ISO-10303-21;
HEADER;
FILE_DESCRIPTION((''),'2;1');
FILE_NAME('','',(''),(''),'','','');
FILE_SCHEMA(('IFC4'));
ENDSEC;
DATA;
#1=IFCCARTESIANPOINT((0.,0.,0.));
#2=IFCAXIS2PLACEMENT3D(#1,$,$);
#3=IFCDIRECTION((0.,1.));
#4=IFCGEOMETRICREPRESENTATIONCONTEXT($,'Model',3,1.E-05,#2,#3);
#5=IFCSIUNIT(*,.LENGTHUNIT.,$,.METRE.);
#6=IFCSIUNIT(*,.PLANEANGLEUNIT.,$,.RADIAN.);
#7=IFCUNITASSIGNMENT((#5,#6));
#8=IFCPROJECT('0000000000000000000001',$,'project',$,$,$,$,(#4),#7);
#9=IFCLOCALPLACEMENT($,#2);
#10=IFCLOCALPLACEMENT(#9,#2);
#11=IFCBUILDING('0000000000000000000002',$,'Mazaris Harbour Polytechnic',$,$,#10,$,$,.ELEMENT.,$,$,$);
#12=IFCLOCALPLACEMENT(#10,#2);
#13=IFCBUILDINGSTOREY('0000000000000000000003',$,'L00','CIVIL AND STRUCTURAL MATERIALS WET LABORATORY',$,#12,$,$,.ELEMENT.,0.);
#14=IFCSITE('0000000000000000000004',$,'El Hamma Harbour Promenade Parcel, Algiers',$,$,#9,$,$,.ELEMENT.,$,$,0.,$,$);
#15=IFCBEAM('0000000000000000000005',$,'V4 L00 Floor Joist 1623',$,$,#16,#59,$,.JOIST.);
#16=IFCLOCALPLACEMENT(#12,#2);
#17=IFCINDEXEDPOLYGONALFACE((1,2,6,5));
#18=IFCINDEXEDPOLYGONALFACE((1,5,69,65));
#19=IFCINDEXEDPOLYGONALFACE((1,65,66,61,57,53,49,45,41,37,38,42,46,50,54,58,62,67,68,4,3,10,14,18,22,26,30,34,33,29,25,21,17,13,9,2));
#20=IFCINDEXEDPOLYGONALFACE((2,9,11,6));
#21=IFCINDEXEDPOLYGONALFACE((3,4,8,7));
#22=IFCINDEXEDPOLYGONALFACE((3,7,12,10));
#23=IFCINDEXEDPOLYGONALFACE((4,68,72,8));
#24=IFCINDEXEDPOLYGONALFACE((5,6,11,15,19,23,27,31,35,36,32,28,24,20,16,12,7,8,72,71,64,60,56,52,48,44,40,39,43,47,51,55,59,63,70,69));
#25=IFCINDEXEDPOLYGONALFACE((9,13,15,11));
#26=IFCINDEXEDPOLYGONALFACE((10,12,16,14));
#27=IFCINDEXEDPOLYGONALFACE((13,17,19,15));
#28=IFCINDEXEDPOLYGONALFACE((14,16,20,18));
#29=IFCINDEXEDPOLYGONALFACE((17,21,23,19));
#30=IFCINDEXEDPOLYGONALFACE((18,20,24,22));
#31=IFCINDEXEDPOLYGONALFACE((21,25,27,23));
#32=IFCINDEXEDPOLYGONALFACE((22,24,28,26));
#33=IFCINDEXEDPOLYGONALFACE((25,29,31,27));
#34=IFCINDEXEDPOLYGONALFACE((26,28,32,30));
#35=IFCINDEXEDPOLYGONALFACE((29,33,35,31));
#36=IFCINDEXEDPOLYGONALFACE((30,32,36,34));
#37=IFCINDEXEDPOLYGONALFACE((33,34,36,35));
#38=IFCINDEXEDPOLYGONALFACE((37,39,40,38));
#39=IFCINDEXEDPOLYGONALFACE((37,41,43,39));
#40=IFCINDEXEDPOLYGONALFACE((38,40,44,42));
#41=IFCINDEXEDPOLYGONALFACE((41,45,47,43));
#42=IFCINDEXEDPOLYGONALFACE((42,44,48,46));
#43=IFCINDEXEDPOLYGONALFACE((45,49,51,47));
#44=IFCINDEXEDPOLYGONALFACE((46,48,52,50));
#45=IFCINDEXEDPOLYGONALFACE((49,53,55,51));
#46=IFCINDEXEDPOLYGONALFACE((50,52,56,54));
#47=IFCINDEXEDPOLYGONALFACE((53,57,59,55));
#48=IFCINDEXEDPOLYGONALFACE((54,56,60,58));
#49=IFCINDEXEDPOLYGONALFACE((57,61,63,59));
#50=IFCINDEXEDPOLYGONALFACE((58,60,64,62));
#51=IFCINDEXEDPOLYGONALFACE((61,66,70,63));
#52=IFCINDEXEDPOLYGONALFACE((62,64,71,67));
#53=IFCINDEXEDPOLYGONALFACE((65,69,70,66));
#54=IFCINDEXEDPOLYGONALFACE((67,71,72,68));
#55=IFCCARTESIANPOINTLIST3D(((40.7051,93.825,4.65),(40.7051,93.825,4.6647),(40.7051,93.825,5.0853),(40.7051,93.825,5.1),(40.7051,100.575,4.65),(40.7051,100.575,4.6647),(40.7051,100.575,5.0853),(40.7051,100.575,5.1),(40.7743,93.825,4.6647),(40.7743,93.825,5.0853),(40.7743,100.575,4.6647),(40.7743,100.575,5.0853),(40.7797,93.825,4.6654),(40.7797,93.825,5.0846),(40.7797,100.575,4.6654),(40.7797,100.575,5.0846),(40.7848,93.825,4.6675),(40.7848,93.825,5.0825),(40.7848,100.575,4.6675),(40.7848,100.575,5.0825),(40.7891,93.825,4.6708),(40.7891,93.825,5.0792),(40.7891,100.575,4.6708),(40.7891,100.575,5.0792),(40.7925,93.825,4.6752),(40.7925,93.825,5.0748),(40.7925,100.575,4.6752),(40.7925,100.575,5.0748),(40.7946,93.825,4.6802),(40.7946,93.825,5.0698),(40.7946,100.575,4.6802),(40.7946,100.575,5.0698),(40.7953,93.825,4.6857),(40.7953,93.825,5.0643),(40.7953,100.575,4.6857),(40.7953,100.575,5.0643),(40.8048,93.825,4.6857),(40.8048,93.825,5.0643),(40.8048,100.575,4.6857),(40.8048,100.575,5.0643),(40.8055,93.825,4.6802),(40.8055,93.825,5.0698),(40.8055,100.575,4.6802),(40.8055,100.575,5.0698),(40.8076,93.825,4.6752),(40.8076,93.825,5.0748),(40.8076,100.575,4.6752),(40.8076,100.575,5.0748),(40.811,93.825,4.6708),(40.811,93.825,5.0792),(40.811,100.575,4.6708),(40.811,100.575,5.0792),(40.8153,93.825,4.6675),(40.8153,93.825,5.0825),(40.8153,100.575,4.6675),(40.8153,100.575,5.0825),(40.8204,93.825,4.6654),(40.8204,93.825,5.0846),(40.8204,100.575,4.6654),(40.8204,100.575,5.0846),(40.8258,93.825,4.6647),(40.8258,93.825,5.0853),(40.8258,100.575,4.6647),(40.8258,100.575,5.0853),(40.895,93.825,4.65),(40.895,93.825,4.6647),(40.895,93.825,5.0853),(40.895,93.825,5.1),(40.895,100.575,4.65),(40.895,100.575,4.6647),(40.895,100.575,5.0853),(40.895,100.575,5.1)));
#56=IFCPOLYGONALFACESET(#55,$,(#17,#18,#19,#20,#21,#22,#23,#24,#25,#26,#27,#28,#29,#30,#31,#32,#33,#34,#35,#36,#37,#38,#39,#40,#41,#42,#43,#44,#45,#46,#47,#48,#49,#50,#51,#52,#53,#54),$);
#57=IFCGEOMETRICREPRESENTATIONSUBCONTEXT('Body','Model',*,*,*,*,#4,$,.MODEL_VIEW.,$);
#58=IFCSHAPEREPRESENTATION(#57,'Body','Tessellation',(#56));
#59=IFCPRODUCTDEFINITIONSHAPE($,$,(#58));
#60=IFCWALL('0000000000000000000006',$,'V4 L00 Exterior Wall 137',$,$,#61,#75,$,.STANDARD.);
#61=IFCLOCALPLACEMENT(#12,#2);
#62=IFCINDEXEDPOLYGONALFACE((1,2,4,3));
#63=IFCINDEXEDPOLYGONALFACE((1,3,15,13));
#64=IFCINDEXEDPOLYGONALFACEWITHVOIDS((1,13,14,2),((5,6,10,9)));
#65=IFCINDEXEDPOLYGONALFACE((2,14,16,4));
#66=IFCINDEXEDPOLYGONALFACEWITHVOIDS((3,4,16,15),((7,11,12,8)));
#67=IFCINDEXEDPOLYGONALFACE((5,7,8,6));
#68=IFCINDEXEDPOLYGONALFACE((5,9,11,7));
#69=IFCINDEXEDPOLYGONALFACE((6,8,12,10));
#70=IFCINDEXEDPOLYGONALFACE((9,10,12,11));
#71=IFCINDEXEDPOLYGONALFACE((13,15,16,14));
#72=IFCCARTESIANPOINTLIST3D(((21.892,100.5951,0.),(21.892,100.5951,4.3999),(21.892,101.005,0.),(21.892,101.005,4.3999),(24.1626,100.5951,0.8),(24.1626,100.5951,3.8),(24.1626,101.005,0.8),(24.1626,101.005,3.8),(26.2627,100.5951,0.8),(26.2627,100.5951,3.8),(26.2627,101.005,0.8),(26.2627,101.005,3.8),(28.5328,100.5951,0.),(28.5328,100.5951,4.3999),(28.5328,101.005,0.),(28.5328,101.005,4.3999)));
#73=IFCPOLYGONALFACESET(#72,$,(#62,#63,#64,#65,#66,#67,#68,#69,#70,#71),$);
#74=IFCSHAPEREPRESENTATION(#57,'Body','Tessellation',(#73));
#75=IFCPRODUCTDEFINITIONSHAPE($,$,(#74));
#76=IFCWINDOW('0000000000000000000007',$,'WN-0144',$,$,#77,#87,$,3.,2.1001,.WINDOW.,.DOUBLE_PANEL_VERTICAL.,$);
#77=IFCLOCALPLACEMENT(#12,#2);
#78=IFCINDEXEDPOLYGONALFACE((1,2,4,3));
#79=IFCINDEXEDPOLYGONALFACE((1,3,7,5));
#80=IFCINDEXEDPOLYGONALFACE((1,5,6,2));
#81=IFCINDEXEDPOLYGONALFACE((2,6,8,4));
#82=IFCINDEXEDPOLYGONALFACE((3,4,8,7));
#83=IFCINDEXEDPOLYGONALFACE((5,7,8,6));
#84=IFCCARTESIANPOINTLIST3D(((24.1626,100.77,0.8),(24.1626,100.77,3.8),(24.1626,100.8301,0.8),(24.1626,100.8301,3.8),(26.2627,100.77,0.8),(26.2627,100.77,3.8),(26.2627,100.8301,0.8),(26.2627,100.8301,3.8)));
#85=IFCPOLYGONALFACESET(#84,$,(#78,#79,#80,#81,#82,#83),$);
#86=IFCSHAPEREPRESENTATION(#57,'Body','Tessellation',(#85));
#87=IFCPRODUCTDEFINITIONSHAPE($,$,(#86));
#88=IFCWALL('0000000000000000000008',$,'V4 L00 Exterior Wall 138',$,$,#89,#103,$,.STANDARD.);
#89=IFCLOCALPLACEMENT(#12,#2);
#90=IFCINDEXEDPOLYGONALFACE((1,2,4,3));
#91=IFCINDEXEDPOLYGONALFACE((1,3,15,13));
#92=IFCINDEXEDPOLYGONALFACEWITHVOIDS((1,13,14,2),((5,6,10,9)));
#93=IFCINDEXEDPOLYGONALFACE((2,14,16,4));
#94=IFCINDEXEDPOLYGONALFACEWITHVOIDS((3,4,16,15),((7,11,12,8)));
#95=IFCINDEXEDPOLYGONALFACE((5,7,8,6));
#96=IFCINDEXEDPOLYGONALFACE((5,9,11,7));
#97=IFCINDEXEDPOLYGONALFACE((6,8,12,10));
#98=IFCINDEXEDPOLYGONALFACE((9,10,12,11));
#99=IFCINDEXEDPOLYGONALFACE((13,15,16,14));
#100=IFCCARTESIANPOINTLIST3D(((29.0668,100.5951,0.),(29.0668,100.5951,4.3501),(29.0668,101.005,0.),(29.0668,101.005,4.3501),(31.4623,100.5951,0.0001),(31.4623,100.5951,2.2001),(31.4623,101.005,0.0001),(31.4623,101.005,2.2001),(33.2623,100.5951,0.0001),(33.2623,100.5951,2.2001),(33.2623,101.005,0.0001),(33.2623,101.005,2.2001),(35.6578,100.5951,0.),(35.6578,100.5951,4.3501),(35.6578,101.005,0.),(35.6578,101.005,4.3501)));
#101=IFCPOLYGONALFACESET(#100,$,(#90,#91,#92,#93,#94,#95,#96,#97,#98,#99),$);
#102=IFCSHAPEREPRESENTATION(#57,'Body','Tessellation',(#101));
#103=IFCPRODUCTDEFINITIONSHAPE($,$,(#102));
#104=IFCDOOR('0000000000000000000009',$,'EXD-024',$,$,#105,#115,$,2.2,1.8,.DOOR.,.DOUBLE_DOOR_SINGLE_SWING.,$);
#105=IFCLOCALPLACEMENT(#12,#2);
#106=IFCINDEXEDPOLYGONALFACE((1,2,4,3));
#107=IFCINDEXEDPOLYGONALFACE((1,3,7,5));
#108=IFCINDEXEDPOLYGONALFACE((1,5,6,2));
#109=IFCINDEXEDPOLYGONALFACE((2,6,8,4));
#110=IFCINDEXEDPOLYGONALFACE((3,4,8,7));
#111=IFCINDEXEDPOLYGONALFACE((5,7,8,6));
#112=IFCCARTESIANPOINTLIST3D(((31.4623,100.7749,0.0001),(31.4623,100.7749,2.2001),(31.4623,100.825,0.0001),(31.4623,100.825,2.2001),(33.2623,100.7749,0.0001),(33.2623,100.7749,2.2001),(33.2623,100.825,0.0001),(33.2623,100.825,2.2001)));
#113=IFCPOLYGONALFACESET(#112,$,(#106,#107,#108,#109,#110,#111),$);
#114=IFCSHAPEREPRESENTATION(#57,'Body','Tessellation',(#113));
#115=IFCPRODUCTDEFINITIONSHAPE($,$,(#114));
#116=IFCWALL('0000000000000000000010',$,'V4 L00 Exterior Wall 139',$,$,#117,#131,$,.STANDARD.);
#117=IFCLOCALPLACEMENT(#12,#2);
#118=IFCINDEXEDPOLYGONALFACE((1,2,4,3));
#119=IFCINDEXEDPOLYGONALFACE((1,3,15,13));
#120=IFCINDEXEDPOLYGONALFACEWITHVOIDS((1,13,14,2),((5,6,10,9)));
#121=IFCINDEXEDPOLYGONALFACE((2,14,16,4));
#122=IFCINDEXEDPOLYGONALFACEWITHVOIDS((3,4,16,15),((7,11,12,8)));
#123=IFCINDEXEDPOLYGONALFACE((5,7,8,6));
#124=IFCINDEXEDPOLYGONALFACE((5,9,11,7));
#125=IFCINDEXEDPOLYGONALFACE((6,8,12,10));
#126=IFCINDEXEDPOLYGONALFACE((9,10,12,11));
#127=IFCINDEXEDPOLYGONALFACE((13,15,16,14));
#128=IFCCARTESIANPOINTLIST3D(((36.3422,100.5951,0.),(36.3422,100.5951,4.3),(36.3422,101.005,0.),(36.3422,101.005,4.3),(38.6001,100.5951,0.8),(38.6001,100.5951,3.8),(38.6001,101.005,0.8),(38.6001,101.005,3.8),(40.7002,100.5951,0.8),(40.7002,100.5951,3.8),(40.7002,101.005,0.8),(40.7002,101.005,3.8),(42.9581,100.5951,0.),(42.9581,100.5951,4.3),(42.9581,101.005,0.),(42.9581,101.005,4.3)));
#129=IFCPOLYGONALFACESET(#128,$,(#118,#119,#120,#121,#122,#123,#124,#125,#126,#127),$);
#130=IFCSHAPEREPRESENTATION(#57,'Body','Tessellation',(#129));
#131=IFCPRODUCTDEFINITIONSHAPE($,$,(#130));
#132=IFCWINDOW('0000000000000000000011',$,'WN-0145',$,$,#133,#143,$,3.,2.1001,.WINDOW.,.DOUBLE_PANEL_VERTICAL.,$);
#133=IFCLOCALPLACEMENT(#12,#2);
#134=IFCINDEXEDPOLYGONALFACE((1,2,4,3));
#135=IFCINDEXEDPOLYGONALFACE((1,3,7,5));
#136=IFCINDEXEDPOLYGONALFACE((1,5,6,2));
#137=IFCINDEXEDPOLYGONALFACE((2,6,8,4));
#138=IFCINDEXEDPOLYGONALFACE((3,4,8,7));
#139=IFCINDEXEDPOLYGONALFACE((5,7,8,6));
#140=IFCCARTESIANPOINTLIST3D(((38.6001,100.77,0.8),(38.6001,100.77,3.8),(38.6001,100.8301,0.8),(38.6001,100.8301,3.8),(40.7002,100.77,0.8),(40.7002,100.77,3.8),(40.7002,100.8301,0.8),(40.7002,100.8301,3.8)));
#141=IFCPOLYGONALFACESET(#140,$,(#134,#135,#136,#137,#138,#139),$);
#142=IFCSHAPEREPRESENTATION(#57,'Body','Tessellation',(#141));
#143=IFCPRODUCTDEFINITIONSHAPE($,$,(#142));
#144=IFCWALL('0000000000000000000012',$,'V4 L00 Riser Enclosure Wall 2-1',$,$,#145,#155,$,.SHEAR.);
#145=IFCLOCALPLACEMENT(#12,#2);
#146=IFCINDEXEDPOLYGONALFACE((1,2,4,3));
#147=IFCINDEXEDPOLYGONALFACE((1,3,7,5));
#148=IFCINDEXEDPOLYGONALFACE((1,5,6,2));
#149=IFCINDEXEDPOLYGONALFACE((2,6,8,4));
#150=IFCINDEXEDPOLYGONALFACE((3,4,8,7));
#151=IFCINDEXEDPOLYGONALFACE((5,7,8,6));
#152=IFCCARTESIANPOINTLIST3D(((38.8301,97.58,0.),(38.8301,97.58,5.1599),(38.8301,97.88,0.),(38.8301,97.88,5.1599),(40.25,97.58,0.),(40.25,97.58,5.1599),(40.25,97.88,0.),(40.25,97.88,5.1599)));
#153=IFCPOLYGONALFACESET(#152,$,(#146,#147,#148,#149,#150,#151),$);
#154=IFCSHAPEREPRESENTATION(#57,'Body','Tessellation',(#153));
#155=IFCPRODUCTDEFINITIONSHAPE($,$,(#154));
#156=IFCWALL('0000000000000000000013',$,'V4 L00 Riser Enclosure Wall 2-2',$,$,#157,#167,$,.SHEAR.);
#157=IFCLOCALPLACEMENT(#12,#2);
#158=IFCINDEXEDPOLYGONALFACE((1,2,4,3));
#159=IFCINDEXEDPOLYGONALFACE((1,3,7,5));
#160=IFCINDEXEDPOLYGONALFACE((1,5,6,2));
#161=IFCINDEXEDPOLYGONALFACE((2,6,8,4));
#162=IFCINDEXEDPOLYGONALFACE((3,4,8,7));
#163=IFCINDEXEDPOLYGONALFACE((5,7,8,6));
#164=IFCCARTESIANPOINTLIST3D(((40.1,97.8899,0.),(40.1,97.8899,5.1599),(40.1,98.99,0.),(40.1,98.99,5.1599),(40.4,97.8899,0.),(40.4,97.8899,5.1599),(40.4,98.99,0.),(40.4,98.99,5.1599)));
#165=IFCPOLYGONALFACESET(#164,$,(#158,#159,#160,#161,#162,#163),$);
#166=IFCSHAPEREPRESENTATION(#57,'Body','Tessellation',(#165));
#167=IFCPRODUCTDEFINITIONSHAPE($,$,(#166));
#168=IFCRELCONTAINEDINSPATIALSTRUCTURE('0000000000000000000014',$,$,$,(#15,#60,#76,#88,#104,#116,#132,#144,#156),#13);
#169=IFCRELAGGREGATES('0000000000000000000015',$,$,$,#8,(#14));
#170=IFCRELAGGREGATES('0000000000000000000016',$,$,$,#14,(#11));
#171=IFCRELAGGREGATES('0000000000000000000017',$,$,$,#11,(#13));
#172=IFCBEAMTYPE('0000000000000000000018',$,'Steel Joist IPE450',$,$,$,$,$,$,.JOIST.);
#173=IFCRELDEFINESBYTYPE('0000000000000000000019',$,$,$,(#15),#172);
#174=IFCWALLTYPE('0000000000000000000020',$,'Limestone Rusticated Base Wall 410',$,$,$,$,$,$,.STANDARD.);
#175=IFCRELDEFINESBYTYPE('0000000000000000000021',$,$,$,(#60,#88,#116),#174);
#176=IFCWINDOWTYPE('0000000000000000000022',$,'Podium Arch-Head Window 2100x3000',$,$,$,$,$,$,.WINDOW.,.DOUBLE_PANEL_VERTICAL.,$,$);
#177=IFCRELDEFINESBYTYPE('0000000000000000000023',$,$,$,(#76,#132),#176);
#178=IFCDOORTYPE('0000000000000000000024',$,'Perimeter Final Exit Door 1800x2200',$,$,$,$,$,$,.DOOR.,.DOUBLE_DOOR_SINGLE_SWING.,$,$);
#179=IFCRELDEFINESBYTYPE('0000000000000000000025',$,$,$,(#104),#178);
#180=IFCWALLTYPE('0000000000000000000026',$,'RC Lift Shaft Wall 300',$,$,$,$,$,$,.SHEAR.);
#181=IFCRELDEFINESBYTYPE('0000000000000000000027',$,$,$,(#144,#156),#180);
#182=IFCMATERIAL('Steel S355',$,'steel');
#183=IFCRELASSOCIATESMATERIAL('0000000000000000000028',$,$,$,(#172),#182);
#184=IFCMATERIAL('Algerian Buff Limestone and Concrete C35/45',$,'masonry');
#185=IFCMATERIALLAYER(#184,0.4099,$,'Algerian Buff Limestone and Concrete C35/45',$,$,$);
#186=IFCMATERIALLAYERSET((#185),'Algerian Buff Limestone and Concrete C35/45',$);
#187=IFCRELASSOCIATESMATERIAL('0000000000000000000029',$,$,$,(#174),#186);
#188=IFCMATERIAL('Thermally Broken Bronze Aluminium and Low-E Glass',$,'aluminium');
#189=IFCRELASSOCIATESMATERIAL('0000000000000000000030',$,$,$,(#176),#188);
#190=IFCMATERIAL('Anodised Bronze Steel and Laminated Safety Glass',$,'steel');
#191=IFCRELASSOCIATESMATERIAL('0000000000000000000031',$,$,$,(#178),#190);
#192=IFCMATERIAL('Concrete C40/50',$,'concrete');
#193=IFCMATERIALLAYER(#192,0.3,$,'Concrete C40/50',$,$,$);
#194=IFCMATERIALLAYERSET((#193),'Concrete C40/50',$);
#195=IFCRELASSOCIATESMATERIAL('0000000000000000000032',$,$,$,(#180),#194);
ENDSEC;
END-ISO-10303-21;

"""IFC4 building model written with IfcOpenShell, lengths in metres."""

from ifc_helpers import new_model, si_unit, direction, frame, frame_2d, origin, origin_2d, place, context, subcontext, project, spatial, rectangle, i_section, extrude, material, layer, layer_set, material_profile, profile_set, type_object, element, fill, save


model = new_model("IFC4")

# Units and contexts
model_context = context("Model", 3, precision=1e-05, world=origin(), true_north=direction((0.0, 1.0)))
body_context = subcontext(model_context, "Body", "Model", "MODEL_VIEW")
ifc_project = project(units=[si_unit("LENGTHUNIT", "METRE"), si_unit("PLANEANGLEUNIT", "RADIAN")], contexts=[model_context])

# Site, building, storey
site_placement = place(None, origin())
site = spatial("IfcSite", under=ifc_project, at=site_placement, Name="El Hamma Harbour Promenade Parcel, Algiers", CompositionType="ELEMENT", RefElevation=0.0)
building_placement = place(site_placement, origin())
building = spatial("IfcBuilding", under=site, at=building_placement, Name="Mazaris Harbour Polytechnic", CompositionType="ELEMENT")
storey_placement = place(building_placement, origin())
storey = spatial("IfcBuildingStorey", under=building, at=storey_placement, Name="L00", Description="CIVIL AND STRUCTURAL MATERIALS WET LABORATORY", CompositionType="ELEMENT", Elevation=0.0)

# Beam
ifc_material_1 = material(Name="Steel S355", Category="steel")
ifc_material_profile_1 = material_profile(ifc_material_1, i_section(OverallWidth=0.1899, OverallDepth=0.45, WebThickness=0.0095, FlangeThickness=0.0146, FilletRadius=0.021, at=origin_2d()), Name="IPE 450")
ifc_profile_set_1 = profile_set([ifc_material_profile_1], Name="Steel S355")
beam_type_1 = type_object("IfcBeamType", Name="Steel Joist IPE450", PredefinedType="JOIST", material=ifc_profile_set_1)
beam_1_placement = place(storey_placement, frame((40.8, 93.825, 4.875), z_axis=(0.0, 1.0, 0.0), x_axis=(-1.0, 0.0, 0.0)))
element("IfcBeam", 1, at=beam_1_placement, inside=storey, type_object=beam_type_1, Name="V4 L00 Floor Joist 1623", PredefinedType="JOIST", context=body_context, shape_type="SweptSolid", body=[
    extrude(i_section(OverallWidth=0.1899, OverallDepth=0.45, WebThickness=0.0095, FlangeThickness=0.0146, FilletRadius=0.021, at=origin_2d()), origin(), (0.0, 0.0, 1.0), 6.75),
])

# Wall, opening, window
ifc_material_2 = material(Name="Algerian Buff Limestone and Concrete C35/45", Category="masonry")
ifc_layer_1 = layer(ifc_material_2, 0.4099, Name="Algerian Buff Limestone and Concrete C35/45")
ifc_layer_set_1 = layer_set([ifc_layer_1], Name="Algerian Buff Limestone and Concrete C35/45")
wall_type_1 = type_object("IfcWallType", Name="Limestone Rusticated Base Wall 410", PredefinedType="STANDARD", material=ifc_layer_set_1)
wall_1_placement = place(storey_placement, frame((21.8921, 100.8, 0.0), z_axis=(0.0, 0.0, 1.0), x_axis=(1.0, 0.0, 0.0)))
wall_1 = element("IfcWall", 2, at=wall_1_placement, inside=storey, type_object=wall_type_1, Name="V4 L00 Exterior Wall 137", PredefinedType="STANDARD", context=body_context, shape_type="SweptSolid", body=[
    extrude(rectangle(XDim=6.6409, YDim=0.4099, at=frame_2d((3.3203, 0.0))), origin(), (0.0, 0.0, 1.0), 4.3999),
])
opening_1_placement = place(wall_1_placement, frame((2.2705, 0.0, 0.8)))
opening_1 = element("IfcOpeningElement", 3, at=opening_1_placement, cuts=wall_1, PredefinedType="OPENING", context=body_context, shape_type="SweptSolid", body=[
    extrude(rectangle(XDim=2.1001, YDim=3.0, at=frame_2d((1.05, 1.5))), frame((0.0, 0.2148, 0.0), z_axis=(0.0, -1.0, 0.0), x_axis=(1.0, 0.0, 0.0)), (0.0, 0.0, 1.0), 0.4299),
])
ifc_material_3 = material(Name="Thermally Broken Bronze Aluminium and Low-E Glass", Category="aluminium")
window_type = type_object("IfcWindowType", Name="Podium Arch-Head Window 2100x3000", PartitioningType="DOUBLE_PANEL_VERTICAL", PredefinedType="WINDOW", material=ifc_material_3)
window_1_placement = place(opening_1_placement, origin())
window_1 = element("IfcWindow", 4, at=window_1_placement, inside=storey, type_object=window_type, Name="WN-0144", OverallHeight=3.0, OverallWidth=2.1001, PartitioningType="DOUBLE_PANEL_VERTICAL", PredefinedType="WINDOW", context=body_context, shape_type="SweptSolid", body=[
    extrude(rectangle(XDim=2.1001, YDim=3.0, at=frame_2d((1.05, 1.5))), frame((0.0, 0.03, 0.0), z_axis=(0.0, -1.0, 0.0), x_axis=(1.0, 0.0, 0.0)), (0.0, 0.0, 1.0), 0.0601),
])
fill(opening_1, window_1)

# Wall, opening, door
wall_2_placement = place(storey_placement, frame((29.0669, 100.8, 0.0), z_axis=(0.0, 0.0, 1.0), x_axis=(1.0, 0.0, 0.0)))
wall_2 = element("IfcWall", 5, at=wall_2_placement, inside=storey, type_object=wall_type_1, Name="V4 L00 Exterior Wall 138", PredefinedType="STANDARD", context=body_context, shape_type="SweptSolid", body=[
    extrude(rectangle(XDim=6.5911, YDim=0.4099, at=frame_2d((3.2954, 0.0))), origin(), (0.0, 0.0, 1.0), 4.3501),
])
opening_2_placement = place(wall_2_placement, frame((2.3955, 0.0, 0.0)))
opening_2 = element("IfcOpeningElement", 6, at=opening_2_placement, cuts=wall_2, PredefinedType="OPENING", context=body_context, shape_type="SweptSolid", body=[
    extrude(rectangle(XDim=1.8, YDim=2.2, at=frame_2d((0.8999, 1.1001))), frame((0.0, 0.2148, 0.0), z_axis=(0.0, -1.0, 0.0), x_axis=(1.0, 0.0, 0.0)), (0.0, 0.0, 1.0), 0.4299),
])
ifc_material_4 = material(Name="Anodised Bronze Steel and Laminated Safety Glass", Category="steel")
door_type = type_object("IfcDoorType", Name="Perimeter Final Exit Door 1800x2200", OperationType="DOUBLE_DOOR_SINGLE_SWING", PredefinedType="DOOR", material=ifc_material_4)
door_placement = place(opening_2_placement, origin())
door = element("IfcDoor", 7, at=door_placement, inside=storey, type_object=door_type, Name="EXD-024", OperationType="DOUBLE_DOOR_SINGLE_SWING", OverallHeight=2.2, OverallWidth=1.8, PredefinedType="DOOR", context=body_context, shape_type="SweptSolid", body=[
    extrude(rectangle(XDim=1.8, YDim=2.2, at=frame_2d((0.8999, 1.1001))), frame((0.0, 0.0249, 0.0), z_axis=(0.0, -1.0, 0.0), x_axis=(1.0, 0.0, 0.0)), (0.0, 0.0, 1.0), 0.05),
])
fill(opening_2, door)

# Wall, opening, window
wall_3_placement = place(storey_placement, frame((36.342, 100.8, 0.0), z_axis=(0.0, 0.0, 1.0), x_axis=(1.0, 0.0, 0.0)))
wall_3 = element("IfcWall", 8, at=wall_3_placement, inside=storey, type_object=wall_type_1, Name="V4 L00 Exterior Wall 139", PredefinedType="STANDARD", context=body_context, shape_type="SweptSolid", body=[
    extrude(rectangle(XDim=6.616, YDim=0.4099, at=frame_2d((3.3081, 0.0))), origin(), (0.0, 0.0, 1.0), 4.3),
])
opening_3_placement = place(wall_3_placement, frame((2.2581, 0.0, 0.8)))
opening_3 = element("IfcOpeningElement", 9, at=opening_3_placement, cuts=wall_3, PredefinedType="OPENING", context=body_context, shape_type="SweptSolid", body=[
    extrude(rectangle(XDim=2.1001, YDim=3.0, at=frame_2d((1.05, 1.5))), frame((0.0, 0.2148, 0.0), z_axis=(0.0, -1.0, 0.0), x_axis=(1.0, 0.0, 0.0)), (0.0, 0.0, 1.0), 0.4299),
])
window_2_placement = place(opening_3_placement, origin())
window_2 = element("IfcWindow", 10, at=window_2_placement, inside=storey, type_object=window_type, Name="WN-0145", OverallHeight=3.0, OverallWidth=2.1001, PartitioningType="DOUBLE_PANEL_VERTICAL", PredefinedType="WINDOW", context=body_context, shape_type="SweptSolid", body=[
    extrude(rectangle(XDim=2.1001, YDim=3.0, at=frame_2d((1.05, 1.5))), frame((0.0, 0.03, 0.0), z_axis=(0.0, -1.0, 0.0), x_axis=(1.0, 0.0, 0.0)), (0.0, 0.0, 1.0), 0.0601),
])
fill(opening_3, window_2)

# Walls
ifc_material_5 = material(Name="Concrete C40/50", Category="concrete")
ifc_layer_2 = layer(ifc_material_5, 0.3, Name="Concrete C40/50")
ifc_layer_set_2 = layer_set([ifc_layer_2], Name="Concrete C40/50")
wall_type_2 = type_object("IfcWallType", Name="RC Lift Shaft Wall 300", PredefinedType="SHEAR", material=ifc_layer_set_2)
wall_4_placement = place(storey_placement, frame((38.8301, 97.73, 0.0), z_axis=(0.0, 0.0, 1.0), x_axis=(1.0, 0.0, 0.0)))
element("IfcWall", 11, at=wall_4_placement, inside=storey, type_object=wall_type_2, Name="V4 L00 Riser Enclosure Wall 2-1", PredefinedType="SHEAR", context=body_context, shape_type="SweptSolid", body=[
    extrude(rectangle(XDim=1.4199, YDim=0.3, at=frame_2d((0.71, 0.0))), origin(), (0.0, 0.0, 1.0), 5.1599),
])
wall_5_placement = place(storey_placement, frame((40.25, 97.8899, 0.0), z_axis=(0.0, 0.0, 1.0), x_axis=(0.0, 1.0, 0.0)))
element("IfcWall", 12, at=wall_5_placement, inside=storey, type_object=wall_type_2, Name="V4 L00 Riser Enclosure Wall 2-2", PredefinedType="SHEAR", context=body_context, shape_type="SweptSolid", body=[
    extrude(rectangle(XDim=1.1001, YDim=0.3, at=frame_2d((0.55, 0.0))), origin(), (0.0, 0.0, 1.0), 5.1599),
])

save(model, "model.ifc")
